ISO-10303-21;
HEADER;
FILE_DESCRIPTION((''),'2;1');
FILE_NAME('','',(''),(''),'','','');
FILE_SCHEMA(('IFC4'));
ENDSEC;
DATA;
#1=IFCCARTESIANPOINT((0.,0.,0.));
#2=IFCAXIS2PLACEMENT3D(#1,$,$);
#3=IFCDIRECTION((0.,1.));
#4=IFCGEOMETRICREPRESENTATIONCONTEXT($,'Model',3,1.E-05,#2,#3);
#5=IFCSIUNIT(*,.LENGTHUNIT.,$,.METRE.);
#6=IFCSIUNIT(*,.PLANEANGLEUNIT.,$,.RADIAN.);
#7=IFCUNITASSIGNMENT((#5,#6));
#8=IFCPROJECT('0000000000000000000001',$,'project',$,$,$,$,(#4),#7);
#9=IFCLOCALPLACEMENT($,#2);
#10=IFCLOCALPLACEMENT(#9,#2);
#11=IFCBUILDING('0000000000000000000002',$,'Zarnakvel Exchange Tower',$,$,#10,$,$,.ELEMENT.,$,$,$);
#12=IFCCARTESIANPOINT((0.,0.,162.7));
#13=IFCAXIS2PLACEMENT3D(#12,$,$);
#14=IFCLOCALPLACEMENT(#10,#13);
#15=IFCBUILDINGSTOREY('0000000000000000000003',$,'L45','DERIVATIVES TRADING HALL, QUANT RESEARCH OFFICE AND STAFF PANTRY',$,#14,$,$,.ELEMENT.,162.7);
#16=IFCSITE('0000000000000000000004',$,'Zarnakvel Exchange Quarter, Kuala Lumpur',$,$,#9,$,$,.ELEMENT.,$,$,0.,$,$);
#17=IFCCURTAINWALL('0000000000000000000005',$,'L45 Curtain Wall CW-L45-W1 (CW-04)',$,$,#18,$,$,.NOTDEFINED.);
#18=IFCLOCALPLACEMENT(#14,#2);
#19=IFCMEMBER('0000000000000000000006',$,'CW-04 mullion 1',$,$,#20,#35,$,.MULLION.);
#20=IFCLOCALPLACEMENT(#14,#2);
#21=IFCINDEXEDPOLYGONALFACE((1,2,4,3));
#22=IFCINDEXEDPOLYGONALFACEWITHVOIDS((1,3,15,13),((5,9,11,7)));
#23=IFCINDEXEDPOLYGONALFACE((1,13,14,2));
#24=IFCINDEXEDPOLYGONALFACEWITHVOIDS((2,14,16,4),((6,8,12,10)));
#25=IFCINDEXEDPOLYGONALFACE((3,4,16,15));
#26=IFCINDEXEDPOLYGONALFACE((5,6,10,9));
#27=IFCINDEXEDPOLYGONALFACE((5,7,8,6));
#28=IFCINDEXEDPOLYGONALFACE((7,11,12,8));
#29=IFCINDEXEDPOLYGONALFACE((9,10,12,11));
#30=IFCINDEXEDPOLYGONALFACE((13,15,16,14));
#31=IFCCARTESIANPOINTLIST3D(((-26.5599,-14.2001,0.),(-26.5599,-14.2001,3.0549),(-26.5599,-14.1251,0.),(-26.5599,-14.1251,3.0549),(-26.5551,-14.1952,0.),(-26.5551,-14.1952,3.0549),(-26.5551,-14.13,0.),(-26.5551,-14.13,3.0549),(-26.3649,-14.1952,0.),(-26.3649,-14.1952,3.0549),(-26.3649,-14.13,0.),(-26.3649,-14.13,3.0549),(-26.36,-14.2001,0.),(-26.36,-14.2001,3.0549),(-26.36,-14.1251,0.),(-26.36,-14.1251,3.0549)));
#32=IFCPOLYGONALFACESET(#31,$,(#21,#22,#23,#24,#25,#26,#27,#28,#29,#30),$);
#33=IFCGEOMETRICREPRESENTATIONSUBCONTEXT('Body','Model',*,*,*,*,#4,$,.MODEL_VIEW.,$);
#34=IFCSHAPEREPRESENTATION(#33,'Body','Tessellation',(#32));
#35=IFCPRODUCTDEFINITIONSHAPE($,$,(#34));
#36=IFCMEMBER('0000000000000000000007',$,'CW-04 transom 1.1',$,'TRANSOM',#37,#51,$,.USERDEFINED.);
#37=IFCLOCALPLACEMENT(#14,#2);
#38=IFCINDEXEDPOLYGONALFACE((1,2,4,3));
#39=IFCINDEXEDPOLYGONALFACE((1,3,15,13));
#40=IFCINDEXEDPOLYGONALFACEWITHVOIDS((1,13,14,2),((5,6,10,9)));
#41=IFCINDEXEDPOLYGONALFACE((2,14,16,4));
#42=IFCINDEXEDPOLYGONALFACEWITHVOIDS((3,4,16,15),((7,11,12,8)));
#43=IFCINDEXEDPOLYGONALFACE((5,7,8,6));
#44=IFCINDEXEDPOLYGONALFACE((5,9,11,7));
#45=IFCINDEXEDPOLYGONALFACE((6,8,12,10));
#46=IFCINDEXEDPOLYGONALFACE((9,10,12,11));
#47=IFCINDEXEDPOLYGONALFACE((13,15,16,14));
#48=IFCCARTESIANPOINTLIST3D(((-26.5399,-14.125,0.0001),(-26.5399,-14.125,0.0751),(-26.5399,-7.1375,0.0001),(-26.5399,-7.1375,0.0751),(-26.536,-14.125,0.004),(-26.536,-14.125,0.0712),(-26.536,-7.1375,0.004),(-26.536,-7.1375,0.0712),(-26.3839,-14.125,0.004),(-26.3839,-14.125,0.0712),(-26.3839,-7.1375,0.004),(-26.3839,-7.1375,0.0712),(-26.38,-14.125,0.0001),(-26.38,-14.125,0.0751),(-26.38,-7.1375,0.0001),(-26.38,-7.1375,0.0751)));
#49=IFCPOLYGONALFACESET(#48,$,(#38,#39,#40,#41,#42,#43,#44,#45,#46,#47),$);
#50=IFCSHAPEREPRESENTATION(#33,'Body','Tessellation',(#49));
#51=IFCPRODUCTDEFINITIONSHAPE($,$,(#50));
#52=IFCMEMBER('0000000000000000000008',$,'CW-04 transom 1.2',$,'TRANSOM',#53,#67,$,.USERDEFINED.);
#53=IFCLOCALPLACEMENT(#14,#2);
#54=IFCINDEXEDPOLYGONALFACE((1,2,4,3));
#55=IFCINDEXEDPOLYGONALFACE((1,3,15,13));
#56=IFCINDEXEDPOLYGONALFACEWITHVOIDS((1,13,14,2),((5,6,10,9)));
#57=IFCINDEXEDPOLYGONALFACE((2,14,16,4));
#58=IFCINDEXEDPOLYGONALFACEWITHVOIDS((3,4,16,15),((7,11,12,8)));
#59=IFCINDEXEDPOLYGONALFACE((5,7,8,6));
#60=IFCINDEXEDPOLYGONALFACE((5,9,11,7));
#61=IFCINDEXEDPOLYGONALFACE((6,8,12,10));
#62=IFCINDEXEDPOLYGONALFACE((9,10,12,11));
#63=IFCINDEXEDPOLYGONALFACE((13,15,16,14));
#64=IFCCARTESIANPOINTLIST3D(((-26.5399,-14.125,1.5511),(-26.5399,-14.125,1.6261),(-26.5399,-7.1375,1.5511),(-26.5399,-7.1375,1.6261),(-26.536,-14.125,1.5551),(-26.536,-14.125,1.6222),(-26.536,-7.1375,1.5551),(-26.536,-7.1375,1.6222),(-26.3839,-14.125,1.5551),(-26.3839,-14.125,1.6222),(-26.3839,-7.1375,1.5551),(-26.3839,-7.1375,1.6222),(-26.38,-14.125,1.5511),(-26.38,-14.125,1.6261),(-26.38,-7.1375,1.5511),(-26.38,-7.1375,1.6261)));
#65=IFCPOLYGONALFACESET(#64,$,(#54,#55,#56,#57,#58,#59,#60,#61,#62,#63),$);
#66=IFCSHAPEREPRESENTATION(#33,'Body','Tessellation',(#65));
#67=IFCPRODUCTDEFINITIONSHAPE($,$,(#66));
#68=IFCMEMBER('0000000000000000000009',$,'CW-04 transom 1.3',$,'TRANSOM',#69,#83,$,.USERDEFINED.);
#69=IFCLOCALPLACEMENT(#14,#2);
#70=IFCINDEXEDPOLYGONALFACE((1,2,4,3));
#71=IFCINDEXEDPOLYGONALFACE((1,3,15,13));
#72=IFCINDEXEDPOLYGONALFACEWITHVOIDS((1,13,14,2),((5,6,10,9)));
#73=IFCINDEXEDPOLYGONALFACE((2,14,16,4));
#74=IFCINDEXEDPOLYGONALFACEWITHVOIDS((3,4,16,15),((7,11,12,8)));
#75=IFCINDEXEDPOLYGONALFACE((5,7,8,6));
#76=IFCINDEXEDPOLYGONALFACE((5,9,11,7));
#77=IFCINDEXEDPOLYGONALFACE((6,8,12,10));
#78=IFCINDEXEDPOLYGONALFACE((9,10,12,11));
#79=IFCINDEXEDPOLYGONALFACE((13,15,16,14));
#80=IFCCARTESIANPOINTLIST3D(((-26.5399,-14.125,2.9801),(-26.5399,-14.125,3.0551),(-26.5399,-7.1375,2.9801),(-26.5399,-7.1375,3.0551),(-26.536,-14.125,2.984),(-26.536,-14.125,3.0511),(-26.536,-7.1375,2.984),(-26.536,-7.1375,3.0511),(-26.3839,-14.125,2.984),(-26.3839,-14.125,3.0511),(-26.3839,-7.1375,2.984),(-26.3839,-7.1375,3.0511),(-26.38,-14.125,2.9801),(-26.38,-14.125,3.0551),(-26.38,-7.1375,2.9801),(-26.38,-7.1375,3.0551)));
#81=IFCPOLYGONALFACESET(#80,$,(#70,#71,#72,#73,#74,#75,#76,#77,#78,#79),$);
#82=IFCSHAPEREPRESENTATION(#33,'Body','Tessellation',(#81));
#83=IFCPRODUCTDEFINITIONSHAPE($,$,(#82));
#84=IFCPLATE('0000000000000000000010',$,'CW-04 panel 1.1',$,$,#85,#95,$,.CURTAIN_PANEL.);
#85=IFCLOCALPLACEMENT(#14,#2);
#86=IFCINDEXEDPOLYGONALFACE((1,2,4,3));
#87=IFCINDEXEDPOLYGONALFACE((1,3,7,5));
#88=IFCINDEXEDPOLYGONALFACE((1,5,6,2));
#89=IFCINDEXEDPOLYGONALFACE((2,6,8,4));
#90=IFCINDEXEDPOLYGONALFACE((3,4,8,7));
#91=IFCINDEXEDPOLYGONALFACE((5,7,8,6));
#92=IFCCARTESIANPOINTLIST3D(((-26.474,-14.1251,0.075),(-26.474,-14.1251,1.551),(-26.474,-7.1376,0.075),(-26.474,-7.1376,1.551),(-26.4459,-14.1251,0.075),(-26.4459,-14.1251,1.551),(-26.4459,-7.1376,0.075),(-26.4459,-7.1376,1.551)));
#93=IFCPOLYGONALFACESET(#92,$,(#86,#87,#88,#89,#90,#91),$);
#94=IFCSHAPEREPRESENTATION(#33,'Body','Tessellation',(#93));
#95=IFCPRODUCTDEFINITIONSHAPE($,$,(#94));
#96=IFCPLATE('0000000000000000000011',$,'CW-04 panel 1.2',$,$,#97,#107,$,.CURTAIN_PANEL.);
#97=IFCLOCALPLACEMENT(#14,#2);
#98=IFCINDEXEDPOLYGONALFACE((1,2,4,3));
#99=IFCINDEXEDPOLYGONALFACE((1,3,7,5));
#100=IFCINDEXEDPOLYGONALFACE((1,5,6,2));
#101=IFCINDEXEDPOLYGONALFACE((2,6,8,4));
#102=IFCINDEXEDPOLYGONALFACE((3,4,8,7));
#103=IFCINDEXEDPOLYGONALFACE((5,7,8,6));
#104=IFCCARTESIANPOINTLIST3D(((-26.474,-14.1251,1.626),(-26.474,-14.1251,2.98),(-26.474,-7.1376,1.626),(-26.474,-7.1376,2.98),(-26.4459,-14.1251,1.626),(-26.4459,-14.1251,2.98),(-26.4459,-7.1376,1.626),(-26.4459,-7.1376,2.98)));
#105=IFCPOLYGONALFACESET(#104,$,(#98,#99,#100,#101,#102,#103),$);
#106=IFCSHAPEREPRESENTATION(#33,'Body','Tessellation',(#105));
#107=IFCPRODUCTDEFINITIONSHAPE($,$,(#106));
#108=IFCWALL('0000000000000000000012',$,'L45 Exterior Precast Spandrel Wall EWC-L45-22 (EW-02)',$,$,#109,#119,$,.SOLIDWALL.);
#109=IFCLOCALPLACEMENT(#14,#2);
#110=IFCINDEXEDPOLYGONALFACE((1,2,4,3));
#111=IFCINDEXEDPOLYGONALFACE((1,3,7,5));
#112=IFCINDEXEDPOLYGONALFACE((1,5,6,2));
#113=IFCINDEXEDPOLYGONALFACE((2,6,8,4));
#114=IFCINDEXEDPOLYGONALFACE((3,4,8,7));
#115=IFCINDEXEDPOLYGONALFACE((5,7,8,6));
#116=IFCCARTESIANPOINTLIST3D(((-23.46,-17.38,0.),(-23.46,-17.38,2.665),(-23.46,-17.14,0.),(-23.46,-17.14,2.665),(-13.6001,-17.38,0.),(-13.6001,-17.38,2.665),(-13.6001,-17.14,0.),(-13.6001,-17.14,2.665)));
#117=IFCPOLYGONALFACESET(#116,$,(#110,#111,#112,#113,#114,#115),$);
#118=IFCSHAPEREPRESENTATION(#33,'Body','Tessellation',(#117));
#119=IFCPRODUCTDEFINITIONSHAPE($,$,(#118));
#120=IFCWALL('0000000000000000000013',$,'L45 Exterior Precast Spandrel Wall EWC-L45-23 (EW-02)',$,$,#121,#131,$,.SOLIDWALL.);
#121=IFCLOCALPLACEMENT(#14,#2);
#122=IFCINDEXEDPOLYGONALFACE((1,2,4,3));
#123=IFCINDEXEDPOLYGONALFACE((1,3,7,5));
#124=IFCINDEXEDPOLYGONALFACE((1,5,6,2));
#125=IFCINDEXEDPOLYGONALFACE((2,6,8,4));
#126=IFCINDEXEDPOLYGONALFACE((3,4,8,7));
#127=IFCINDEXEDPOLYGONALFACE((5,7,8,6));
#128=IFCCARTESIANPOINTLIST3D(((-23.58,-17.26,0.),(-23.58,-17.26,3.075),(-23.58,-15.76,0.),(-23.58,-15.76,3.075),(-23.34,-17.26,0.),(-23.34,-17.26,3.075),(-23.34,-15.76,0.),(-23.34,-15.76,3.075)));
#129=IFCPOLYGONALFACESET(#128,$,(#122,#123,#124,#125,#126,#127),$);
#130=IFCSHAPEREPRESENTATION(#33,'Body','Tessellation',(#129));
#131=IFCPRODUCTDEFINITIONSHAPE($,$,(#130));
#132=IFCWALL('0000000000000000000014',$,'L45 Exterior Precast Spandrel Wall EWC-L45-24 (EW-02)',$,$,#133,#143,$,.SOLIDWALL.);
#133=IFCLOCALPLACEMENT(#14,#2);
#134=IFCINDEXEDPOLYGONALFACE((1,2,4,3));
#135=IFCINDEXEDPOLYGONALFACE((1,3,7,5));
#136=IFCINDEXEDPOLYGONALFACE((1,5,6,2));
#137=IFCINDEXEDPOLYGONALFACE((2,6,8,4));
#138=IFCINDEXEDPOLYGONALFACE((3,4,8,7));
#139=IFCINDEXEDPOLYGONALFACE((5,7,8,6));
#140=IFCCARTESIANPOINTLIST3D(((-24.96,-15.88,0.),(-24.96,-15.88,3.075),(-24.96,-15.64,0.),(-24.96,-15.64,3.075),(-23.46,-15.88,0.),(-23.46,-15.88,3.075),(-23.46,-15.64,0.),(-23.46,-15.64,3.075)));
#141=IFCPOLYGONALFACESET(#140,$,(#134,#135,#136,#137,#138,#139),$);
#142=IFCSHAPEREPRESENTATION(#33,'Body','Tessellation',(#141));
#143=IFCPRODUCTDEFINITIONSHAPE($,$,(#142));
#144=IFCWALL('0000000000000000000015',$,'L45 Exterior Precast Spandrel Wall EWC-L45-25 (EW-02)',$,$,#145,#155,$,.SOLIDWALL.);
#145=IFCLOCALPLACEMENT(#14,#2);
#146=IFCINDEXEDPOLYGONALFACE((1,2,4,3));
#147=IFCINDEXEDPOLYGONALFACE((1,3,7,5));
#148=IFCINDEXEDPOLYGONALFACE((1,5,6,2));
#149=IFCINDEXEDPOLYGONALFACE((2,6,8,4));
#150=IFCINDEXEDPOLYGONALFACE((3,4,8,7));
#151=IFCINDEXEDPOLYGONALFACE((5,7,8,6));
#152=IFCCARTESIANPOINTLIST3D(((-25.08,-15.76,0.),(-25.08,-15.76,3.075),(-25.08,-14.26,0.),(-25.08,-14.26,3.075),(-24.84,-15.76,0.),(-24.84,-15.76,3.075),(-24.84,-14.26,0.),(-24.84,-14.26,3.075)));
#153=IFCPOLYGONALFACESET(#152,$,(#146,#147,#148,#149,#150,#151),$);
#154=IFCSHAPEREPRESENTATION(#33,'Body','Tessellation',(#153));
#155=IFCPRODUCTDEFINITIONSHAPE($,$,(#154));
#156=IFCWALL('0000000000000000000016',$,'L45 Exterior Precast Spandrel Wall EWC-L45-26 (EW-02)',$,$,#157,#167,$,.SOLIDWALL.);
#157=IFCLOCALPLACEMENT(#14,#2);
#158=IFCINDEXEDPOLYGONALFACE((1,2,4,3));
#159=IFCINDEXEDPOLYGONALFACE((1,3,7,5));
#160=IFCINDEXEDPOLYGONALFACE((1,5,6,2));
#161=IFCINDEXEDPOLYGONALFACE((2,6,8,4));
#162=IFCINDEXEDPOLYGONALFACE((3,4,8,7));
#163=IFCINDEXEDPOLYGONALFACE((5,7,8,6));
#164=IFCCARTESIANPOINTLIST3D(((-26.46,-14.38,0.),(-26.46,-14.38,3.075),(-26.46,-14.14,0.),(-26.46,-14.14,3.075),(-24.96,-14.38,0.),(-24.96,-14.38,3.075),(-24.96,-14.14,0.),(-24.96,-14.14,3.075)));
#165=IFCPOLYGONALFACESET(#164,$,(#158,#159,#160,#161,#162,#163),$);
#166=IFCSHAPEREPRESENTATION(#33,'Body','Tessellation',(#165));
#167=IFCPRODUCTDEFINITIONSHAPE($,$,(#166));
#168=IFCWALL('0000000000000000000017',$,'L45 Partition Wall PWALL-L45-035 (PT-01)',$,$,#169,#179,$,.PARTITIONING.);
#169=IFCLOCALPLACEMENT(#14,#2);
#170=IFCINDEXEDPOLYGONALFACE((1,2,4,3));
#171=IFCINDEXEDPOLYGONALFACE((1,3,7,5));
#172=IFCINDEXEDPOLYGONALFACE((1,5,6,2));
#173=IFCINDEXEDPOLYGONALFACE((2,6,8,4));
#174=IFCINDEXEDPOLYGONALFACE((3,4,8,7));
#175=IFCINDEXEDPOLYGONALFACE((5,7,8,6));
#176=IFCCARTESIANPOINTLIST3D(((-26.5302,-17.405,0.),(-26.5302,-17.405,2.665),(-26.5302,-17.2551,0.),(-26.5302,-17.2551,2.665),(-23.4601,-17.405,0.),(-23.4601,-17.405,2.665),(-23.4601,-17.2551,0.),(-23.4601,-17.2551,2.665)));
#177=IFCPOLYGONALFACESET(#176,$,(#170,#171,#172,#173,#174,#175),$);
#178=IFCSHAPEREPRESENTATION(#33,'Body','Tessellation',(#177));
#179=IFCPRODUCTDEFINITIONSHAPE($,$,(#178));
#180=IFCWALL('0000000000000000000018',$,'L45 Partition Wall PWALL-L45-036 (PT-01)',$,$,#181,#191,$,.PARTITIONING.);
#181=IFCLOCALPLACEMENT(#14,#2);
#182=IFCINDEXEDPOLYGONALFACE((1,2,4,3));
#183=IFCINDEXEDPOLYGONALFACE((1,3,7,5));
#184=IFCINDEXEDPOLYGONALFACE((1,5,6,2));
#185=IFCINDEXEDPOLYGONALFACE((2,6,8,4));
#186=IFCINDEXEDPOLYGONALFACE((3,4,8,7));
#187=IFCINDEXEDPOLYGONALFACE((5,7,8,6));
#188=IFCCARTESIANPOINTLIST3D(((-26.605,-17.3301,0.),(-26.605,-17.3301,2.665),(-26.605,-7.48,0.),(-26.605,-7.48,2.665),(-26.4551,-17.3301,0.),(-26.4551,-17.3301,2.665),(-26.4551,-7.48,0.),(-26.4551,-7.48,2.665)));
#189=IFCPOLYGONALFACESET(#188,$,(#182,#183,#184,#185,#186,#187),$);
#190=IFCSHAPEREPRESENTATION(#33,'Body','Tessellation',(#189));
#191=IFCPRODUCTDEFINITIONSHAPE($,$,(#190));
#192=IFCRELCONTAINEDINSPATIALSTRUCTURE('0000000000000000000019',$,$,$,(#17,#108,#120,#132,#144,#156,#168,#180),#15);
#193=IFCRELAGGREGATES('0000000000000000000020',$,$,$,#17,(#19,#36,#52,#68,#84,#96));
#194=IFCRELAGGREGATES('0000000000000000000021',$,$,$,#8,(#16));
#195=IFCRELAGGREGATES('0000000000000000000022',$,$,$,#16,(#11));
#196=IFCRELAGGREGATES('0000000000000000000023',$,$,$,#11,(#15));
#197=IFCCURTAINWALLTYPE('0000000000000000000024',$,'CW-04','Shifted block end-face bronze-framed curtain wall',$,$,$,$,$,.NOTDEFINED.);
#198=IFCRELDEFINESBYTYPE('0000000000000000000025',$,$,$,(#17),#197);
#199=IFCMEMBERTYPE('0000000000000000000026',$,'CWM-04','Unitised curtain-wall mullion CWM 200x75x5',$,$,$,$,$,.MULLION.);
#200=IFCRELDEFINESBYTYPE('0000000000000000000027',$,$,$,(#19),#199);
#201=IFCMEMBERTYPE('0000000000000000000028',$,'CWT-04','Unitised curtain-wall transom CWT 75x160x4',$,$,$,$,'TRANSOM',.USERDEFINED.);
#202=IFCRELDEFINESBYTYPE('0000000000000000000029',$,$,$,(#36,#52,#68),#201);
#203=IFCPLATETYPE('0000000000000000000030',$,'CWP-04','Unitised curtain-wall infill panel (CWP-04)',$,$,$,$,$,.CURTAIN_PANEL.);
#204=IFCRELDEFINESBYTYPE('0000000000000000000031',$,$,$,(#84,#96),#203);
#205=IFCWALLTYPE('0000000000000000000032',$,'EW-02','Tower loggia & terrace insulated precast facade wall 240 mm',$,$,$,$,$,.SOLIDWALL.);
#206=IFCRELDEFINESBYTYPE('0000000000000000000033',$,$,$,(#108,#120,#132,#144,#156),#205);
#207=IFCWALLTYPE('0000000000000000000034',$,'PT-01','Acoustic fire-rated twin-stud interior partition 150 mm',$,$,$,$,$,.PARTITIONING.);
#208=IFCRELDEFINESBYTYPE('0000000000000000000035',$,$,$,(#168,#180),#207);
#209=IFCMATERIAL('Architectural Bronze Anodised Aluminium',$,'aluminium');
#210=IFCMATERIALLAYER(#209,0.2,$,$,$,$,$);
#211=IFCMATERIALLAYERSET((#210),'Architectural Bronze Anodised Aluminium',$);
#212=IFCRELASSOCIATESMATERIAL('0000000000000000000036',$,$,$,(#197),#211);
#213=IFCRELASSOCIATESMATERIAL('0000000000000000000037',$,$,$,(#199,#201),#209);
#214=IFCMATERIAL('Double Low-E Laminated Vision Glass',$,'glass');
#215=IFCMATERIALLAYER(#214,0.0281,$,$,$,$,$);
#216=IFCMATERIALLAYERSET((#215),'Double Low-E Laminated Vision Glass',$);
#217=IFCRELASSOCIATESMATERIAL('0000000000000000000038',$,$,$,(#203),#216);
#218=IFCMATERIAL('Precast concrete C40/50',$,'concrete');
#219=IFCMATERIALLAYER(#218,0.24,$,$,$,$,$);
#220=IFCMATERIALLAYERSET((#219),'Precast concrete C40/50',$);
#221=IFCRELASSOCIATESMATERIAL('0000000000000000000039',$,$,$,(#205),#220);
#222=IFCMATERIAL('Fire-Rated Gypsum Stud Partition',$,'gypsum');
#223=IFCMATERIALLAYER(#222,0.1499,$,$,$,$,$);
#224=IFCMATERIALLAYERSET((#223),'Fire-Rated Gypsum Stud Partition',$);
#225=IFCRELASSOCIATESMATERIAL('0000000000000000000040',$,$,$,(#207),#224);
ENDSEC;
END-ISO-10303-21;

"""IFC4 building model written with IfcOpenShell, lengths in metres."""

from ifc_helpers import new_model, si_unit, direction, frame, frame_2d, origin, origin_2d, place, context, subcontext, project, spatial, rectangle, hollow_rectangle, extrude, source, transform, mapped, material, layer, layer_set, material_profile, profile_set, type_object, element, aggregate, save


model = new_model("IFC4")

# Units and contexts
model_context = context("Model", 3, precision=1e-05, world=origin(), true_north=direction((0.0, 1.0)))
body_context = subcontext(model_context, "Body", "Model", "MODEL_VIEW")
ifc_project = project(units=[si_unit("LENGTHUNIT", "METRE"), si_unit("PLANEANGLEUNIT", "RADIAN")], contexts=[model_context])

# Site, building, storey
site_placement = place(None, origin())
site = spatial("IfcSite", under=ifc_project, at=site_placement, Name="Zarnakvel Exchange Quarter, Kuala Lumpur", CompositionType="ELEMENT", RefElevation=0.0)
building_placement = place(site_placement, origin())
building = spatial("IfcBuilding", under=site, at=building_placement, Name="Zarnakvel Exchange Tower", CompositionType="ELEMENT")
storey_placement = place(building_placement, frame((0.0, 0.0, 162.7)))
storey = spatial("IfcBuildingStorey", under=building, at=storey_placement, Name="L45", Description="DERIVATIVES TRADING HALL, QUANT RESEARCH OFFICE AND STAFF PANTRY", CompositionType="ELEMENT", Elevation=162.7)

# Curtain wall, members, plates
ifc_material_1 = material(Name="Architectural Bronze Anodised Aluminium", Category="aluminium")
ifc_layer_1 = layer(ifc_material_1, 0.2)
ifc_layer_set_1 = layer_set([ifc_layer_1], Name="Architectural Bronze Anodised Aluminium")
curtain_wall_type = type_object("IfcCurtainWallType", Name="CW-04", Description="Shifted block end-face bronze-framed curtain wall", PredefinedType="NOTDEFINED", material=ifc_layer_set_1)
curtain_wall_placement = place(storey_placement, origin())
curtain_wall = element("IfcCurtainWall", 1, at=curtain_wall_placement, inside=storey, type_object=curtain_wall_type, Name="L45 Curtain Wall CW-L45-W1 (CW-04)", PredefinedType="NOTDEFINED")
ifc_material_profile_1 = material_profile(ifc_material_1, hollow_rectangle(XDim=0.2, YDim=0.075, WallThickness=0.0049, at=origin_2d()))
ifc_profile_set_1 = profile_set([ifc_material_profile_1], Name="Architectural Bronze Anodised Aluminium")
member_type_1 = type_object("IfcMemberType", Name="CWM-04", Description="Unitised curtain-wall mullion CWM 200x75x5", PredefinedType="MULLION", material=ifc_profile_set_1)
shared_shape_1 = source(origin(), body_context, "Body", "SweptSolid", [
    extrude(hollow_rectangle(XDim=0.2, YDim=0.075, WallThickness=0.0049, at=origin_2d()), origin(), (0.0, 0.0, 1.0), 3.0549),
])
member_1_placement = place(storey_placement, frame((-26.46, -14.1626, 0.0), z_axis=(0.0, 0.0, 1.0), x_axis=(-1.0, 0.0, 0.0)))
member_1 = element("IfcMember", 2, at=member_1_placement, type_object=member_type_1, Name="CW-04 mullion 1", PredefinedType="MULLION", context=body_context, shape_type="MappedRepresentation", body=[
    mapped(shared_shape_1, transform((0.0, 0.0, 0.0), x_axis=(1.0, 0.0, 0.0), y_axis=(0.0, 1.0, 0.0), z_axis=(0.0, 0.0, 1.0), scale=1.0)),
])
ifc_material_profile_2 = material_profile(ifc_material_1, hollow_rectangle(XDim=0.1599, YDim=0.075, WallThickness=0.0039, at=origin_2d()))
ifc_profile_set_2 = profile_set([ifc_material_profile_2], Name="Architectural Bronze Anodised Aluminium")
member_type_2 = type_object("IfcMemberType", Name="CWT-04", Description="Unitised curtain-wall transom CWT 75x160x4", ElementType="TRANSOM", PredefinedType="USERDEFINED", material=ifc_profile_set_2)
shared_shape_2 = source(origin(), body_context, "Body", "SweptSolid", [
    extrude(hollow_rectangle(XDim=0.1599, YDim=0.075, WallThickness=0.0039, at=origin_2d()), origin(), (0.0, 0.0, 1.0), 6.9875),
])
member_2_placement = place(storey_placement, frame((-26.46, -14.125, 0.0376), z_axis=(0.0, 1.0, 0.0), x_axis=(-1.0, 0.0, 0.0)))
member_2 = element("IfcMember", 3, at=member_2_placement, type_object=member_type_2, Name="CW-04 transom 1.1", ObjectType="TRANSOM", PredefinedType="USERDEFINED", context=body_context, shape_type="MappedRepresentation", body=[
    mapped(shared_shape_2, transform((0.0, 0.0, 0.0), x_axis=(1.0, 0.0, 0.0), y_axis=(0.0, 1.0, 0.0), z_axis=(0.0, 0.0, 1.0), scale=1.0)),
])
member_3_placement = place(storey_placement, frame((-26.46, -14.125, 1.5886), z_axis=(0.0, 1.0, 0.0), x_axis=(-1.0, 0.0, 0.0)))
member_3 = element("IfcMember", 4, at=member_3_placement, type_object=member_type_2, Name="CW-04 transom 1.2", ObjectType="TRANSOM", PredefinedType="USERDEFINED", context=body_context, shape_type="MappedRepresentation", body=[
    mapped(shared_shape_2, transform((0.0, 0.0, 0.0), x_axis=(1.0, 0.0, 0.0), y_axis=(0.0, 1.0, 0.0), z_axis=(0.0, 0.0, 1.0), scale=1.0)),
])
member_4_placement = place(storey_placement, frame((-26.46, -14.125, 3.0176), z_axis=(0.0, 1.0, 0.0), x_axis=(-1.0, 0.0, 0.0)))
member_4 = element("IfcMember", 5, at=member_4_placement, type_object=member_type_2, Name="CW-04 transom 1.3", ObjectType="TRANSOM", PredefinedType="USERDEFINED", context=body_context, shape_type="MappedRepresentation", body=[
    mapped(shared_shape_2, transform((0.0, 0.0, 0.0), x_axis=(1.0, 0.0, 0.0), y_axis=(0.0, 1.0, 0.0), z_axis=(0.0, 0.0, 1.0), scale=1.0)),
])
ifc_material_2 = material(Name="Double Low-E Laminated Vision Glass", Category="glass")
ifc_layer_2 = layer(ifc_material_2, 0.0281)
ifc_layer_set_2 = layer_set([ifc_layer_2], Name="Double Low-E Laminated Vision Glass")
plate_type = type_object("IfcPlateType", Name="CWP-04", Description="Unitised curtain-wall infill panel (CWP-04)", PredefinedType="CURTAIN_PANEL", material=ifc_layer_set_2)
shared_shape_3 = source(origin(), body_context, "Body", "SweptSolid", [
    extrude(rectangle(XDim=6.9875, YDim=0.0281, at=origin_2d()), origin(), (0.0, 0.0, 1.0), 1.4761),
])
plate_1_placement = place(storey_placement, frame((-26.46, -10.6313, 0.075), z_axis=(0.0, 0.0, 1.0), x_axis=(0.0, 1.0, 0.0)))
plate_1 = element("IfcPlate", 6, at=plate_1_placement, type_object=plate_type, Name="CW-04 panel 1.1", PredefinedType="CURTAIN_PANEL", context=body_context, shape_type="MappedRepresentation", body=[
    mapped(shared_shape_3, transform((0.0, 0.0, 0.0), x_axis=(1.0, 0.0, 0.0), y_axis=(0.0, 1.0, 0.0), z_axis=(0.0, 0.0, 1.0), scale=1.0)),
])
shared_shape_4 = source(origin(), body_context, "Body", "SweptSolid", [
    extrude(rectangle(XDim=6.9875, YDim=0.0281, at=origin_2d()), origin(), (0.0, 0.0, 1.0), 1.354),
])
plate_2_placement = place(storey_placement, frame((-26.46, -10.6313, 1.626), z_axis=(0.0, 0.0, 1.0), x_axis=(0.0, 1.0, 0.0)))
plate_2 = element("IfcPlate", 7, at=plate_2_placement, type_object=plate_type, Name="CW-04 panel 1.2", PredefinedType="CURTAIN_PANEL", context=body_context, shape_type="MappedRepresentation", body=[
    mapped(shared_shape_4, transform((0.0, 0.0, 0.0), x_axis=(1.0, 0.0, 0.0), y_axis=(0.0, 1.0, 0.0), z_axis=(0.0, 0.0, 1.0), scale=1.0)),
])
aggregate(curtain_wall, [member_1, member_2, member_3, member_4, plate_1, plate_2])

# Walls
ifc_material_3 = material(Name="Precast concrete C40/50", Category="concrete")
ifc_layer_3 = layer(ifc_material_3, 0.24)
ifc_layer_set_3 = layer_set([ifc_layer_3], Name="Precast concrete C40/50")
wall_type_1 = type_object("IfcWallType", Name="EW-02", Description="Tower loggia & terrace insulated precast facade wall 240 mm", PredefinedType="SOLIDWALL", material=ifc_layer_set_3)
wall_1_placement = place(storey_placement, frame((-23.46, -17.26, 0.0), z_axis=(0.0, 0.0, 1.0), x_axis=(1.0, 0.0, 0.0)))
element("IfcWall", 8, at=wall_1_placement, inside=storey, type_object=wall_type_1, Name="L45 Exterior Precast Spandrel Wall EWC-L45-22 (EW-02)", PredefinedType="SOLIDWALL", context=body_context, shape_type="SweptSolid", body=[
    extrude(rectangle(XDim=9.8599, YDim=0.24, at=frame_2d((4.9299, 0.0))), origin(), (0.0, 0.0, 1.0), 2.665),
])
for number, where, z_axis, x_axis, name in (
    (9, (-23.46, -15.76, 0.0), (0.0, 0.0, 1.0), (0.0, -1.0, 0.0), "L45 Exterior Precast Spandrel Wall EWC-L45-23 (EW-02)"),
    (10, (-24.96, -15.76, 0.0), (0.0, 0.0, 1.0), (1.0, 0.0, 0.0), "L45 Exterior Precast Spandrel Wall EWC-L45-24 (EW-02)"),
    (11, (-24.96, -14.26, 0.0), (0.0, 0.0, 1.0), (0.0, -1.0, 0.0), "L45 Exterior Precast Spandrel Wall EWC-L45-25 (EW-02)"),
    (12, (-26.46, -14.26, 0.0), (0.0, 0.0, 1.0), (1.0, 0.0, 0.0), "L45 Exterior Precast Spandrel Wall EWC-L45-26 (EW-02)"),
):
    element("IfcWall", number, at=place(storey_placement, frame(where, z_axis=z_axis, x_axis=x_axis)), inside=storey, type_object=wall_type_1, Name=name, PredefinedType="SOLIDWALL", context=body_context, shape_type="SweptSolid", body=[
        extrude(rectangle(XDim=1.5, YDim=0.24, at=frame_2d((0.75, 0.0))), origin(), (0.0, 0.0, 1.0), 3.075),
    ])
ifc_material_4 = material(Name="Fire-Rated Gypsum Stud Partition", Category="gypsum")
ifc_layer_4 = layer(ifc_material_4, 0.1499)
ifc_layer_set_4 = layer_set([ifc_layer_4], Name="Fire-Rated Gypsum Stud Partition")
wall_type_2 = type_object("IfcWallType", Name="PT-01", Description="Acoustic fire-rated twin-stud interior partition 150 mm", PredefinedType="PARTITIONING", material=ifc_layer_set_4)
wall_2_placement = place(storey_placement, frame((-23.46, -17.3301, 0.0), z_axis=(0.0, 0.0, 1.0), x_axis=(-1.0, 0.0, 0.0)))
element("IfcWall", 13, at=wall_2_placement, inside=storey, type_object=wall_type_2, Name="L45 Partition Wall PWALL-L45-035 (PT-01)", PredefinedType="PARTITIONING", context=body_context, shape_type="SweptSolid", body=[
    extrude(rectangle(XDim=3.0701, YDim=0.1499, at=frame_2d((1.5352, 0.0))), origin(), (0.0, 0.0, 1.0), 2.665),
])
wall_3_placement = place(storey_placement, frame((-26.53, -17.3301, 0.0), z_axis=(0.0, 0.0, 1.0), x_axis=(0.0, 1.0, 0.0)))
element("IfcWall", 14, at=wall_3_placement, inside=storey, type_object=wall_type_2, Name="L45 Partition Wall PWALL-L45-036 (PT-01)", PredefinedType="PARTITIONING", context=body_context, shape_type="SweptSolid", body=[
    extrude(rectangle(XDim=9.8501, YDim=0.1499, at=frame_2d((4.925, 0.0))), origin(), (0.0, 0.0, 1.0), 2.665),
])

save(model, "model.ifc")
